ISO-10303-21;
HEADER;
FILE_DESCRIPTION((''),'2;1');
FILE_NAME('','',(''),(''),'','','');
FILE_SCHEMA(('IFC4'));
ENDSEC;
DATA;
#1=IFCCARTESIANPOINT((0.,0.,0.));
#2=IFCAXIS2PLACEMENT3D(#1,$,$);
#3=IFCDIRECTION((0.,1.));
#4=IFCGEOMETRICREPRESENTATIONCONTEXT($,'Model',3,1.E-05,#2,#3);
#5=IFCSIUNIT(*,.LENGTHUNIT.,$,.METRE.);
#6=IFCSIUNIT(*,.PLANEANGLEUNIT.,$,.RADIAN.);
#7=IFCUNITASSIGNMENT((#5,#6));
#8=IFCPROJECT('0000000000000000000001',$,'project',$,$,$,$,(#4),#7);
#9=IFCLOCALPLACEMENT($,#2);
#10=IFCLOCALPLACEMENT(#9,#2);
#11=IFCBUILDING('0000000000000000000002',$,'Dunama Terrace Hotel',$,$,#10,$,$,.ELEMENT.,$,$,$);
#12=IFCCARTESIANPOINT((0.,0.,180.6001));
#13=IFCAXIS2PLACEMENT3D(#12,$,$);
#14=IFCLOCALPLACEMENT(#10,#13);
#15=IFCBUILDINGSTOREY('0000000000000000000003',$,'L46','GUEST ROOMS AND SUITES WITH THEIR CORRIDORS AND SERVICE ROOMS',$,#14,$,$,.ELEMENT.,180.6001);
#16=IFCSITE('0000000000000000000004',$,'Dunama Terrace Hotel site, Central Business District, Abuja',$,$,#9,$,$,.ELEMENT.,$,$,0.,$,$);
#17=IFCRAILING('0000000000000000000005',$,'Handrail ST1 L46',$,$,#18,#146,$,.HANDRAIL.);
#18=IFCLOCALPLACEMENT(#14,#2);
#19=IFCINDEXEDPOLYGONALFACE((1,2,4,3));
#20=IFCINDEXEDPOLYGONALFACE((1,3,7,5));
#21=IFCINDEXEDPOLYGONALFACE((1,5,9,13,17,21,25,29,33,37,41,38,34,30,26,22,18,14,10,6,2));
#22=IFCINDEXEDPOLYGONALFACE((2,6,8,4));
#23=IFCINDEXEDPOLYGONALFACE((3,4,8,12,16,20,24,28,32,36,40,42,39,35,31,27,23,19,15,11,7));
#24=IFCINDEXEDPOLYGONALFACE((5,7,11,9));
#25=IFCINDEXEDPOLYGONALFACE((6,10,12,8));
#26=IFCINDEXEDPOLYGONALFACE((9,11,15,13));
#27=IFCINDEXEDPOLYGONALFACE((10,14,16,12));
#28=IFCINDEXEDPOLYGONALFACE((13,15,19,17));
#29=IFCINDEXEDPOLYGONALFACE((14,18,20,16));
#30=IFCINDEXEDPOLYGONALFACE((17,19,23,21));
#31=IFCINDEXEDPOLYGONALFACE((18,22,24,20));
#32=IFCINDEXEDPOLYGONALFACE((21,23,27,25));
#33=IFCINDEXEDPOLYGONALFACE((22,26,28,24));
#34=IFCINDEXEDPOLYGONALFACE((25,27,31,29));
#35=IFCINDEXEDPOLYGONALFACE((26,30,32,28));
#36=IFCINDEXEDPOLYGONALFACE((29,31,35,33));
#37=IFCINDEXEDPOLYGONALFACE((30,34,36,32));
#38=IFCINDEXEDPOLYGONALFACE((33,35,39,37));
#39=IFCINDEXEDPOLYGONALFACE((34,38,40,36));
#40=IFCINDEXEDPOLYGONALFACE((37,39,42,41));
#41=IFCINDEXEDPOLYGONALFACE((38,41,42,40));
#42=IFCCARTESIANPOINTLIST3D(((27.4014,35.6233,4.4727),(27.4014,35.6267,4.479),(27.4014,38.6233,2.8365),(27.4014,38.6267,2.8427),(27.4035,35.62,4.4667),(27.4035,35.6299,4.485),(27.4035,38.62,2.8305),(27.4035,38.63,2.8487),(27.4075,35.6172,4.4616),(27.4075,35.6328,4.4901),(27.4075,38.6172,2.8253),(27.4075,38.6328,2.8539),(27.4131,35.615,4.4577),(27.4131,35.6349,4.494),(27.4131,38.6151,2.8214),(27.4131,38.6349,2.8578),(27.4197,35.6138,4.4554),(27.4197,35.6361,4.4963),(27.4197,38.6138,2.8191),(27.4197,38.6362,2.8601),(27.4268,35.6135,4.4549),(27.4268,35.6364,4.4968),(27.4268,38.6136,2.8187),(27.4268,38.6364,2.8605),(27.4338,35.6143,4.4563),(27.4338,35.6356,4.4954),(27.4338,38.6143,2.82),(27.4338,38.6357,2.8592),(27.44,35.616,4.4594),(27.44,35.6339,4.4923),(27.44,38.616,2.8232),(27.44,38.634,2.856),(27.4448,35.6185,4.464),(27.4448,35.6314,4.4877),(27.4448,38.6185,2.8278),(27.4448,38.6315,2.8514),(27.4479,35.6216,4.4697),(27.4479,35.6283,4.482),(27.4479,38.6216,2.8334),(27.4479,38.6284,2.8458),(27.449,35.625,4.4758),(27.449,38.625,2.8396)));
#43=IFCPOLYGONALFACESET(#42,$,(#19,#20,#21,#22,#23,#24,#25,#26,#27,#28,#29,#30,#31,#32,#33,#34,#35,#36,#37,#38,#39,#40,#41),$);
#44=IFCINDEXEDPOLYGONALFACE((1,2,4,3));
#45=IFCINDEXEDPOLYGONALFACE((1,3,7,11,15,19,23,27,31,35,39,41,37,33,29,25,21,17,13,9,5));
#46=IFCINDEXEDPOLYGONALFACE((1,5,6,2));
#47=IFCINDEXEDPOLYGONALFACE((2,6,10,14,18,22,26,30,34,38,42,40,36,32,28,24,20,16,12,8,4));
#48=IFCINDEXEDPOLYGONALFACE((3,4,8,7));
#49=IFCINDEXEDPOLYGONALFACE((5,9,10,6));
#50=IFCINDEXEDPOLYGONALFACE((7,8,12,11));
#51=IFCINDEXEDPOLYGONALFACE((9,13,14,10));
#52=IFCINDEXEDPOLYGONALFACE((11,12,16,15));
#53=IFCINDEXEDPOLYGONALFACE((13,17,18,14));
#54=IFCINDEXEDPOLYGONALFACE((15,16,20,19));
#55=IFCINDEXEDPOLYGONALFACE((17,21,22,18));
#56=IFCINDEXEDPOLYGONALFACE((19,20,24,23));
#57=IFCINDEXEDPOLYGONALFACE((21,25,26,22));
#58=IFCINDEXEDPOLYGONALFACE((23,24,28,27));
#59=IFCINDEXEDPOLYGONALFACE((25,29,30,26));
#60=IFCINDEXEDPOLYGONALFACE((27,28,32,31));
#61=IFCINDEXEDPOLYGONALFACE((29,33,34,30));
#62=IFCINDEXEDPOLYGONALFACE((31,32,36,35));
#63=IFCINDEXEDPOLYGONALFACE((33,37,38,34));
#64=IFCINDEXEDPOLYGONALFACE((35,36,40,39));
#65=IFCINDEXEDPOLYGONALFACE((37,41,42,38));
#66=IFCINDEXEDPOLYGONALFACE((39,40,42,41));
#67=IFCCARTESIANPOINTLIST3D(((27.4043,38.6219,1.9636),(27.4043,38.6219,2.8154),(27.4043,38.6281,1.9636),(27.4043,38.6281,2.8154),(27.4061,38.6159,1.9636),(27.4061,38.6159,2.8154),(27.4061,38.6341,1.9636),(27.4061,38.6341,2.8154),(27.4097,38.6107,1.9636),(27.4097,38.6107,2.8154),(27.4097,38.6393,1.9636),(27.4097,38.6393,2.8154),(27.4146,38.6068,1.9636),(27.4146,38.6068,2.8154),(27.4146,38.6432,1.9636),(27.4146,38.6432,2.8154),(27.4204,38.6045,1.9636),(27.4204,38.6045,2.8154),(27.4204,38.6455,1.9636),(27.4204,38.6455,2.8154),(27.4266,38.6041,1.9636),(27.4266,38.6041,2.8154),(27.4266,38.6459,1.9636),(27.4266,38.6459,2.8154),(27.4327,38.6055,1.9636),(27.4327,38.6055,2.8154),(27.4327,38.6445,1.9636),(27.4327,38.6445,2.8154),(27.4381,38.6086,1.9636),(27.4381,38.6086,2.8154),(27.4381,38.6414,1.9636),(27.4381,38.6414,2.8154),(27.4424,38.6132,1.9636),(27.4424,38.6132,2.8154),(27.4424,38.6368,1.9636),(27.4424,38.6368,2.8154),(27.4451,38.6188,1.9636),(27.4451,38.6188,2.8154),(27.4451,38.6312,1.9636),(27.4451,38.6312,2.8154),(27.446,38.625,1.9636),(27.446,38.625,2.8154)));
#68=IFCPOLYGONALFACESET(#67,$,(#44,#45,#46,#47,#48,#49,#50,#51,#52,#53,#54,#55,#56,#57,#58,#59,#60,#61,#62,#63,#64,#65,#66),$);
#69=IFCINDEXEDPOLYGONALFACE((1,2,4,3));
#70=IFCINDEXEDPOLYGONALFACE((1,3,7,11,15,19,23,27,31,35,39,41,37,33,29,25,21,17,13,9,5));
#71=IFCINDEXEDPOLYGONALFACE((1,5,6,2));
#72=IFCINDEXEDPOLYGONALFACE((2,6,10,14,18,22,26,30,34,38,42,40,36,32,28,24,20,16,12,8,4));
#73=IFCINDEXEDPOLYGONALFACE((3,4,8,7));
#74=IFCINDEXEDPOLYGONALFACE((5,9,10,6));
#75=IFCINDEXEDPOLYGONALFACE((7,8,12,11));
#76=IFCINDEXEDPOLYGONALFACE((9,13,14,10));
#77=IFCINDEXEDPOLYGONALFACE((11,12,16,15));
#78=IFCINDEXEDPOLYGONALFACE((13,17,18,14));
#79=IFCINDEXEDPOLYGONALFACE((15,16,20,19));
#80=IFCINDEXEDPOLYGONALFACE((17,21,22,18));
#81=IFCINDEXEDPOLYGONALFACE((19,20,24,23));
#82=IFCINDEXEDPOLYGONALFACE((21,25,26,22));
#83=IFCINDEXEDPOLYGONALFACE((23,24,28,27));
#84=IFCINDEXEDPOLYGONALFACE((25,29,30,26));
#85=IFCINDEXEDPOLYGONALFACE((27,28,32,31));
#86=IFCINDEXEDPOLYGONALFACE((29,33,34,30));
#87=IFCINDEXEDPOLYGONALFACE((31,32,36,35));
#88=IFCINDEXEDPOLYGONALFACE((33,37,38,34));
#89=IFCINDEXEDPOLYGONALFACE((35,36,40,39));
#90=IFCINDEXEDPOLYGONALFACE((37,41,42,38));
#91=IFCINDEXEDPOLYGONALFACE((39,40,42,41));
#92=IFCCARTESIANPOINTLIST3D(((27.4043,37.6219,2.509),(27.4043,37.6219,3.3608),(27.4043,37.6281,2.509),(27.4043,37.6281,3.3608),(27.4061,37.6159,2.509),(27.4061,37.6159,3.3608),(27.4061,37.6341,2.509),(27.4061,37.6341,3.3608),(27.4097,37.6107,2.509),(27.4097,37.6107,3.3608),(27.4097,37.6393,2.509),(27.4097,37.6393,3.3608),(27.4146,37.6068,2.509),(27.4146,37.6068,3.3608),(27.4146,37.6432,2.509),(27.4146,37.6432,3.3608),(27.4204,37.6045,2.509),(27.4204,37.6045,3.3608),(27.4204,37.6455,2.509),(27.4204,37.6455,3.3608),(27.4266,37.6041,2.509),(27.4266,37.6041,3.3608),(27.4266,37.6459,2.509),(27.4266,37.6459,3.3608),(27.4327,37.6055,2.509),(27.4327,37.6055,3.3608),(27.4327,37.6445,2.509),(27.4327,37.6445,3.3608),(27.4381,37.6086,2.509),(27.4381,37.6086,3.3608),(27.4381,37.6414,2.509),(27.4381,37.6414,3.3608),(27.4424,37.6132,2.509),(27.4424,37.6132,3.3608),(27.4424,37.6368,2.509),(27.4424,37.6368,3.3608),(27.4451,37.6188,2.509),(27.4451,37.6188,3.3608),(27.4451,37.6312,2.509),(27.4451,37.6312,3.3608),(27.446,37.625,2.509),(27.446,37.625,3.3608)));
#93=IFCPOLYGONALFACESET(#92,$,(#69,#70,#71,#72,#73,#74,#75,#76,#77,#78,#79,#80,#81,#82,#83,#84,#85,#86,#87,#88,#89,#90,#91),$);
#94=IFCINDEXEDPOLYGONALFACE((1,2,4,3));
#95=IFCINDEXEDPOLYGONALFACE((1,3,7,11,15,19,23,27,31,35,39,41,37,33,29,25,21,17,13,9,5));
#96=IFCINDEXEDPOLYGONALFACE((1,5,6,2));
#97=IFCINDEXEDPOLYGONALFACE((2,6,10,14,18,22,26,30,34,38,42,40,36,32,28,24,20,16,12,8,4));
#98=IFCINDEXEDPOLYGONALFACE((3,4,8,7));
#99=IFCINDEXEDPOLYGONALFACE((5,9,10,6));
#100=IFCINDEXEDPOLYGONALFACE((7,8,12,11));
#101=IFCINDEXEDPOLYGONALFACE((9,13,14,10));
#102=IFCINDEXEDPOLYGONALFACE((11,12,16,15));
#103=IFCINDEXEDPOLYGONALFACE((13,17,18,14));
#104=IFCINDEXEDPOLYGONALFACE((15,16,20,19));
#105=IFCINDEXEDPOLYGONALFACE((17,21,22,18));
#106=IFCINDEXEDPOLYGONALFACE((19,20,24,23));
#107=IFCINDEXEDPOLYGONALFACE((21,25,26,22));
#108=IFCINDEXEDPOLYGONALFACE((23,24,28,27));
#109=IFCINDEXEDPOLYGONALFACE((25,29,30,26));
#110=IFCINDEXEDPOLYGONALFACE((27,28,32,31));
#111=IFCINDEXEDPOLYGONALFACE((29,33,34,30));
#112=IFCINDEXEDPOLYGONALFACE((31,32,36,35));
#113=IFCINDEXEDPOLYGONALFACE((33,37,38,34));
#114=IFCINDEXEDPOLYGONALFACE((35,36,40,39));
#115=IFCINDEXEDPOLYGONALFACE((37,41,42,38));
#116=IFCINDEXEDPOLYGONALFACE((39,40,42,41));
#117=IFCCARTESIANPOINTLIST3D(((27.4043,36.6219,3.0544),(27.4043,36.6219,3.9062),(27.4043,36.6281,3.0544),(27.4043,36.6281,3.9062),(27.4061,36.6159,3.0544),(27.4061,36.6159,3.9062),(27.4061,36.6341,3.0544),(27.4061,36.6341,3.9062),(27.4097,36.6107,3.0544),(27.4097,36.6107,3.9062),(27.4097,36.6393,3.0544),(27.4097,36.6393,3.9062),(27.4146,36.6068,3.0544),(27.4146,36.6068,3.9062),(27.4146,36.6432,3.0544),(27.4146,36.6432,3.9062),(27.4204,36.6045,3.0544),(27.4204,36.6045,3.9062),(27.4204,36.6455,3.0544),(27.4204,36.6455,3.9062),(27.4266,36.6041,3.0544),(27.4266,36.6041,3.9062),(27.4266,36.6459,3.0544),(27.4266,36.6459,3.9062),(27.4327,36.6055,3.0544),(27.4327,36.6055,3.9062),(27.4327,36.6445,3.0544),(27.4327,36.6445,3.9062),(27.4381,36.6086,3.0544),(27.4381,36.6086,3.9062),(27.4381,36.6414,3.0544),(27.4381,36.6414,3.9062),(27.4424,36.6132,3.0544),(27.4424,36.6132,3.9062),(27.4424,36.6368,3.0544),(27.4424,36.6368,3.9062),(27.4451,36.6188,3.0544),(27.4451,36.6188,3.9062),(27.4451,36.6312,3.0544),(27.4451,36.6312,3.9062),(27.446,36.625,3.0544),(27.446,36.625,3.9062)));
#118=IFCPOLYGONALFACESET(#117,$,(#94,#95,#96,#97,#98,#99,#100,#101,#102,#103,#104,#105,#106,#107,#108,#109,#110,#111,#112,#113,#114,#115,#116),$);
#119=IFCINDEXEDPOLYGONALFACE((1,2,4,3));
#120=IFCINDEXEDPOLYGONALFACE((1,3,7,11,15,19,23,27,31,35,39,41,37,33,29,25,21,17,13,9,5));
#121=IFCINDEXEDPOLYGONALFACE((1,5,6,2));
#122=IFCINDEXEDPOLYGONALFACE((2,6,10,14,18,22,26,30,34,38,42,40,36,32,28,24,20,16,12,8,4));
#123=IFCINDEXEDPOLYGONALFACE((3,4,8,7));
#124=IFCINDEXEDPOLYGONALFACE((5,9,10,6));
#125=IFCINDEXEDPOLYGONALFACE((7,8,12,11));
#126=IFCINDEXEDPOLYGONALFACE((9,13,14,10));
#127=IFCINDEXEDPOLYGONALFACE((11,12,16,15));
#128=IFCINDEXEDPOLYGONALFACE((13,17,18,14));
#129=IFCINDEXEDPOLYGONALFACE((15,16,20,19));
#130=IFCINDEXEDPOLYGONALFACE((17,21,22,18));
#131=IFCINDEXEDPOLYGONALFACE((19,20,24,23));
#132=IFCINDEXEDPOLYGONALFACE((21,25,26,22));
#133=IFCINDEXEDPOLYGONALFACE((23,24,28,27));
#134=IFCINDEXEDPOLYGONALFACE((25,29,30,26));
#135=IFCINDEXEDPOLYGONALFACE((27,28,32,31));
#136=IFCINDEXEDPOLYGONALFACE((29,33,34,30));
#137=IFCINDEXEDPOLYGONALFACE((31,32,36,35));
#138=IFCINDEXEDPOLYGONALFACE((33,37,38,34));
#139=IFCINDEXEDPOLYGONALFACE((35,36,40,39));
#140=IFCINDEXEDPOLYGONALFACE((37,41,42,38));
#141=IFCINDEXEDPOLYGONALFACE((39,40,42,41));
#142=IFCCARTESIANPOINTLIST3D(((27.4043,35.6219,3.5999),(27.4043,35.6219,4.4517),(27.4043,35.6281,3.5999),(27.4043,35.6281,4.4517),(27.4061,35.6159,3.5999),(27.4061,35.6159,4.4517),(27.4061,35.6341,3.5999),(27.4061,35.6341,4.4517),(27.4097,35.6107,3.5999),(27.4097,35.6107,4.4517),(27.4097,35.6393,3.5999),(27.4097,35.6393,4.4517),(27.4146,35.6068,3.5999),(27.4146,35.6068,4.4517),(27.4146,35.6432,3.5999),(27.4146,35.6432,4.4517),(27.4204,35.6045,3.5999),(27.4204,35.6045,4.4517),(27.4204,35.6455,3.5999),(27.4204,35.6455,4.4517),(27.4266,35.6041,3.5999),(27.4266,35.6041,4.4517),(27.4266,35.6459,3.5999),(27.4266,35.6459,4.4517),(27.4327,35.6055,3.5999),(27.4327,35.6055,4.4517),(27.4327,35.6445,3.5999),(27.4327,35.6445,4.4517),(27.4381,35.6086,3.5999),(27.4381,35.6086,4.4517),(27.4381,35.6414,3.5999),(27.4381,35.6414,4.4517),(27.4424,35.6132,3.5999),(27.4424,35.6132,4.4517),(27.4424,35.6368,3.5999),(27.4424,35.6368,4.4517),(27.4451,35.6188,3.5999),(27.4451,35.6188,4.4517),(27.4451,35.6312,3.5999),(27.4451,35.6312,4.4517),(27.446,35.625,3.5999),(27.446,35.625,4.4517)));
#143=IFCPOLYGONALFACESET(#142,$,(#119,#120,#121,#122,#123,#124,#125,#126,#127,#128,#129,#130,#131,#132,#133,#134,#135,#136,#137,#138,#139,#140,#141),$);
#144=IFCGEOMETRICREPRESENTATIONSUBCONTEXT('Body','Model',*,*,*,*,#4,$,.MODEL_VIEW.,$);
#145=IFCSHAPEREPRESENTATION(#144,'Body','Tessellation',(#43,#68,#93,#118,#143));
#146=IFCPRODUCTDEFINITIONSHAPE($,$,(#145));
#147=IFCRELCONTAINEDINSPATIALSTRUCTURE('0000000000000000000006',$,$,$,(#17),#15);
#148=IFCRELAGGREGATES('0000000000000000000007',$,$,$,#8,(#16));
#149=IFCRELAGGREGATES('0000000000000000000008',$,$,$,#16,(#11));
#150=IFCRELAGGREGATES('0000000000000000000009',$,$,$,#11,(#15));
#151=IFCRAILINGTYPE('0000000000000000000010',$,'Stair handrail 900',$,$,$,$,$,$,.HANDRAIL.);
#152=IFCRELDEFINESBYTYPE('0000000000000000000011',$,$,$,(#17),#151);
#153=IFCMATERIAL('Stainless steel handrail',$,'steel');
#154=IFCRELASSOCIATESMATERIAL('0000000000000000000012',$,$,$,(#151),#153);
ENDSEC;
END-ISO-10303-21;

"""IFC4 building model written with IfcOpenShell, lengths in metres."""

from ifc_helpers import new_model, si_unit, direction, frame, origin, origin_2d, place, context, subcontext, project, spatial, circle, extrude, material, type_object, element, save


model = new_model("IFC4")

# Units and contexts
model_context = context("Model", 3, precision=1e-05, world=origin(), true_north=direction((0.0, 1.0)))
body_context = subcontext(model_context, "Body", "Model", "MODEL_VIEW")
ifc_project = project(units=[si_unit("LENGTHUNIT", "METRE"), si_unit("PLANEANGLEUNIT", "RADIAN")], contexts=[model_context])

# Site, building, storey
site_placement = place(None, origin())
site = spatial("IfcSite", under=ifc_project, at=site_placement, Name="Dunama Terrace Hotel site, Central Business District, Abuja", CompositionType="ELEMENT", RefElevation=0.0)
building_placement = place(site_placement, origin())
building = spatial("IfcBuilding", under=site, at=building_placement, Name="Dunama Terrace Hotel", CompositionType="ELEMENT")
storey_placement = place(building_placement, frame((0.0, 0.0, 180.6001)))
storey = spatial("IfcBuildingStorey", under=building, at=storey_placement, Name="L46", Description="GUEST ROOMS AND SUITES WITH THEIR CORRIDORS AND SERVICE ROOMS", CompositionType="ELEMENT", Elevation=180.6001)

# Railing
ifc_material_1 = material(Name="Stainless steel handrail", Category="steel")
railing_type = type_object("IfcRailingType", Name="Stair handrail 900", PredefinedType="HANDRAIL", material=ifc_material_1)
railing_1_placement = place(storey_placement, frame((27.425, 38.625, 1.9636)))
element("IfcRailing", 1, at=railing_1_placement, inside=storey, type_object=railing_type, Name="Handrail ST1 L46", PredefinedType="HANDRAIL", context=body_context, shape_type="SweptSolid", body=[
    extrude(circle(Radius=0.0239, at=origin_2d()), frame((0.0, 0.0, 0.876), z_axis=(0.0, -0.877912, 0.478822), x_axis=(1.0, 0.0, 0.0)), (0.0, 0.0, 1.0), 3.4172),
    extrude(circle(Radius=0.021, at=origin_2d()), origin(), (0.0, 0.0, 1.0), 0.8518),
    extrude(circle(Radius=0.021, at=origin_2d()), frame((0.0, -1.0, 0.5454)), (0.0, 0.0, 1.0), 0.8518),
    extrude(circle(Radius=0.021, at=origin_2d()), frame((0.0, -2.0, 1.0908)), (0.0, 0.0, 1.0), 0.8518),
    extrude(circle(Radius=0.021, at=origin_2d()), frame((0.0, -3.0, 1.6362)), (0.0, 0.0, 1.0), 0.8518),
])

save(model, "model.ifc")
